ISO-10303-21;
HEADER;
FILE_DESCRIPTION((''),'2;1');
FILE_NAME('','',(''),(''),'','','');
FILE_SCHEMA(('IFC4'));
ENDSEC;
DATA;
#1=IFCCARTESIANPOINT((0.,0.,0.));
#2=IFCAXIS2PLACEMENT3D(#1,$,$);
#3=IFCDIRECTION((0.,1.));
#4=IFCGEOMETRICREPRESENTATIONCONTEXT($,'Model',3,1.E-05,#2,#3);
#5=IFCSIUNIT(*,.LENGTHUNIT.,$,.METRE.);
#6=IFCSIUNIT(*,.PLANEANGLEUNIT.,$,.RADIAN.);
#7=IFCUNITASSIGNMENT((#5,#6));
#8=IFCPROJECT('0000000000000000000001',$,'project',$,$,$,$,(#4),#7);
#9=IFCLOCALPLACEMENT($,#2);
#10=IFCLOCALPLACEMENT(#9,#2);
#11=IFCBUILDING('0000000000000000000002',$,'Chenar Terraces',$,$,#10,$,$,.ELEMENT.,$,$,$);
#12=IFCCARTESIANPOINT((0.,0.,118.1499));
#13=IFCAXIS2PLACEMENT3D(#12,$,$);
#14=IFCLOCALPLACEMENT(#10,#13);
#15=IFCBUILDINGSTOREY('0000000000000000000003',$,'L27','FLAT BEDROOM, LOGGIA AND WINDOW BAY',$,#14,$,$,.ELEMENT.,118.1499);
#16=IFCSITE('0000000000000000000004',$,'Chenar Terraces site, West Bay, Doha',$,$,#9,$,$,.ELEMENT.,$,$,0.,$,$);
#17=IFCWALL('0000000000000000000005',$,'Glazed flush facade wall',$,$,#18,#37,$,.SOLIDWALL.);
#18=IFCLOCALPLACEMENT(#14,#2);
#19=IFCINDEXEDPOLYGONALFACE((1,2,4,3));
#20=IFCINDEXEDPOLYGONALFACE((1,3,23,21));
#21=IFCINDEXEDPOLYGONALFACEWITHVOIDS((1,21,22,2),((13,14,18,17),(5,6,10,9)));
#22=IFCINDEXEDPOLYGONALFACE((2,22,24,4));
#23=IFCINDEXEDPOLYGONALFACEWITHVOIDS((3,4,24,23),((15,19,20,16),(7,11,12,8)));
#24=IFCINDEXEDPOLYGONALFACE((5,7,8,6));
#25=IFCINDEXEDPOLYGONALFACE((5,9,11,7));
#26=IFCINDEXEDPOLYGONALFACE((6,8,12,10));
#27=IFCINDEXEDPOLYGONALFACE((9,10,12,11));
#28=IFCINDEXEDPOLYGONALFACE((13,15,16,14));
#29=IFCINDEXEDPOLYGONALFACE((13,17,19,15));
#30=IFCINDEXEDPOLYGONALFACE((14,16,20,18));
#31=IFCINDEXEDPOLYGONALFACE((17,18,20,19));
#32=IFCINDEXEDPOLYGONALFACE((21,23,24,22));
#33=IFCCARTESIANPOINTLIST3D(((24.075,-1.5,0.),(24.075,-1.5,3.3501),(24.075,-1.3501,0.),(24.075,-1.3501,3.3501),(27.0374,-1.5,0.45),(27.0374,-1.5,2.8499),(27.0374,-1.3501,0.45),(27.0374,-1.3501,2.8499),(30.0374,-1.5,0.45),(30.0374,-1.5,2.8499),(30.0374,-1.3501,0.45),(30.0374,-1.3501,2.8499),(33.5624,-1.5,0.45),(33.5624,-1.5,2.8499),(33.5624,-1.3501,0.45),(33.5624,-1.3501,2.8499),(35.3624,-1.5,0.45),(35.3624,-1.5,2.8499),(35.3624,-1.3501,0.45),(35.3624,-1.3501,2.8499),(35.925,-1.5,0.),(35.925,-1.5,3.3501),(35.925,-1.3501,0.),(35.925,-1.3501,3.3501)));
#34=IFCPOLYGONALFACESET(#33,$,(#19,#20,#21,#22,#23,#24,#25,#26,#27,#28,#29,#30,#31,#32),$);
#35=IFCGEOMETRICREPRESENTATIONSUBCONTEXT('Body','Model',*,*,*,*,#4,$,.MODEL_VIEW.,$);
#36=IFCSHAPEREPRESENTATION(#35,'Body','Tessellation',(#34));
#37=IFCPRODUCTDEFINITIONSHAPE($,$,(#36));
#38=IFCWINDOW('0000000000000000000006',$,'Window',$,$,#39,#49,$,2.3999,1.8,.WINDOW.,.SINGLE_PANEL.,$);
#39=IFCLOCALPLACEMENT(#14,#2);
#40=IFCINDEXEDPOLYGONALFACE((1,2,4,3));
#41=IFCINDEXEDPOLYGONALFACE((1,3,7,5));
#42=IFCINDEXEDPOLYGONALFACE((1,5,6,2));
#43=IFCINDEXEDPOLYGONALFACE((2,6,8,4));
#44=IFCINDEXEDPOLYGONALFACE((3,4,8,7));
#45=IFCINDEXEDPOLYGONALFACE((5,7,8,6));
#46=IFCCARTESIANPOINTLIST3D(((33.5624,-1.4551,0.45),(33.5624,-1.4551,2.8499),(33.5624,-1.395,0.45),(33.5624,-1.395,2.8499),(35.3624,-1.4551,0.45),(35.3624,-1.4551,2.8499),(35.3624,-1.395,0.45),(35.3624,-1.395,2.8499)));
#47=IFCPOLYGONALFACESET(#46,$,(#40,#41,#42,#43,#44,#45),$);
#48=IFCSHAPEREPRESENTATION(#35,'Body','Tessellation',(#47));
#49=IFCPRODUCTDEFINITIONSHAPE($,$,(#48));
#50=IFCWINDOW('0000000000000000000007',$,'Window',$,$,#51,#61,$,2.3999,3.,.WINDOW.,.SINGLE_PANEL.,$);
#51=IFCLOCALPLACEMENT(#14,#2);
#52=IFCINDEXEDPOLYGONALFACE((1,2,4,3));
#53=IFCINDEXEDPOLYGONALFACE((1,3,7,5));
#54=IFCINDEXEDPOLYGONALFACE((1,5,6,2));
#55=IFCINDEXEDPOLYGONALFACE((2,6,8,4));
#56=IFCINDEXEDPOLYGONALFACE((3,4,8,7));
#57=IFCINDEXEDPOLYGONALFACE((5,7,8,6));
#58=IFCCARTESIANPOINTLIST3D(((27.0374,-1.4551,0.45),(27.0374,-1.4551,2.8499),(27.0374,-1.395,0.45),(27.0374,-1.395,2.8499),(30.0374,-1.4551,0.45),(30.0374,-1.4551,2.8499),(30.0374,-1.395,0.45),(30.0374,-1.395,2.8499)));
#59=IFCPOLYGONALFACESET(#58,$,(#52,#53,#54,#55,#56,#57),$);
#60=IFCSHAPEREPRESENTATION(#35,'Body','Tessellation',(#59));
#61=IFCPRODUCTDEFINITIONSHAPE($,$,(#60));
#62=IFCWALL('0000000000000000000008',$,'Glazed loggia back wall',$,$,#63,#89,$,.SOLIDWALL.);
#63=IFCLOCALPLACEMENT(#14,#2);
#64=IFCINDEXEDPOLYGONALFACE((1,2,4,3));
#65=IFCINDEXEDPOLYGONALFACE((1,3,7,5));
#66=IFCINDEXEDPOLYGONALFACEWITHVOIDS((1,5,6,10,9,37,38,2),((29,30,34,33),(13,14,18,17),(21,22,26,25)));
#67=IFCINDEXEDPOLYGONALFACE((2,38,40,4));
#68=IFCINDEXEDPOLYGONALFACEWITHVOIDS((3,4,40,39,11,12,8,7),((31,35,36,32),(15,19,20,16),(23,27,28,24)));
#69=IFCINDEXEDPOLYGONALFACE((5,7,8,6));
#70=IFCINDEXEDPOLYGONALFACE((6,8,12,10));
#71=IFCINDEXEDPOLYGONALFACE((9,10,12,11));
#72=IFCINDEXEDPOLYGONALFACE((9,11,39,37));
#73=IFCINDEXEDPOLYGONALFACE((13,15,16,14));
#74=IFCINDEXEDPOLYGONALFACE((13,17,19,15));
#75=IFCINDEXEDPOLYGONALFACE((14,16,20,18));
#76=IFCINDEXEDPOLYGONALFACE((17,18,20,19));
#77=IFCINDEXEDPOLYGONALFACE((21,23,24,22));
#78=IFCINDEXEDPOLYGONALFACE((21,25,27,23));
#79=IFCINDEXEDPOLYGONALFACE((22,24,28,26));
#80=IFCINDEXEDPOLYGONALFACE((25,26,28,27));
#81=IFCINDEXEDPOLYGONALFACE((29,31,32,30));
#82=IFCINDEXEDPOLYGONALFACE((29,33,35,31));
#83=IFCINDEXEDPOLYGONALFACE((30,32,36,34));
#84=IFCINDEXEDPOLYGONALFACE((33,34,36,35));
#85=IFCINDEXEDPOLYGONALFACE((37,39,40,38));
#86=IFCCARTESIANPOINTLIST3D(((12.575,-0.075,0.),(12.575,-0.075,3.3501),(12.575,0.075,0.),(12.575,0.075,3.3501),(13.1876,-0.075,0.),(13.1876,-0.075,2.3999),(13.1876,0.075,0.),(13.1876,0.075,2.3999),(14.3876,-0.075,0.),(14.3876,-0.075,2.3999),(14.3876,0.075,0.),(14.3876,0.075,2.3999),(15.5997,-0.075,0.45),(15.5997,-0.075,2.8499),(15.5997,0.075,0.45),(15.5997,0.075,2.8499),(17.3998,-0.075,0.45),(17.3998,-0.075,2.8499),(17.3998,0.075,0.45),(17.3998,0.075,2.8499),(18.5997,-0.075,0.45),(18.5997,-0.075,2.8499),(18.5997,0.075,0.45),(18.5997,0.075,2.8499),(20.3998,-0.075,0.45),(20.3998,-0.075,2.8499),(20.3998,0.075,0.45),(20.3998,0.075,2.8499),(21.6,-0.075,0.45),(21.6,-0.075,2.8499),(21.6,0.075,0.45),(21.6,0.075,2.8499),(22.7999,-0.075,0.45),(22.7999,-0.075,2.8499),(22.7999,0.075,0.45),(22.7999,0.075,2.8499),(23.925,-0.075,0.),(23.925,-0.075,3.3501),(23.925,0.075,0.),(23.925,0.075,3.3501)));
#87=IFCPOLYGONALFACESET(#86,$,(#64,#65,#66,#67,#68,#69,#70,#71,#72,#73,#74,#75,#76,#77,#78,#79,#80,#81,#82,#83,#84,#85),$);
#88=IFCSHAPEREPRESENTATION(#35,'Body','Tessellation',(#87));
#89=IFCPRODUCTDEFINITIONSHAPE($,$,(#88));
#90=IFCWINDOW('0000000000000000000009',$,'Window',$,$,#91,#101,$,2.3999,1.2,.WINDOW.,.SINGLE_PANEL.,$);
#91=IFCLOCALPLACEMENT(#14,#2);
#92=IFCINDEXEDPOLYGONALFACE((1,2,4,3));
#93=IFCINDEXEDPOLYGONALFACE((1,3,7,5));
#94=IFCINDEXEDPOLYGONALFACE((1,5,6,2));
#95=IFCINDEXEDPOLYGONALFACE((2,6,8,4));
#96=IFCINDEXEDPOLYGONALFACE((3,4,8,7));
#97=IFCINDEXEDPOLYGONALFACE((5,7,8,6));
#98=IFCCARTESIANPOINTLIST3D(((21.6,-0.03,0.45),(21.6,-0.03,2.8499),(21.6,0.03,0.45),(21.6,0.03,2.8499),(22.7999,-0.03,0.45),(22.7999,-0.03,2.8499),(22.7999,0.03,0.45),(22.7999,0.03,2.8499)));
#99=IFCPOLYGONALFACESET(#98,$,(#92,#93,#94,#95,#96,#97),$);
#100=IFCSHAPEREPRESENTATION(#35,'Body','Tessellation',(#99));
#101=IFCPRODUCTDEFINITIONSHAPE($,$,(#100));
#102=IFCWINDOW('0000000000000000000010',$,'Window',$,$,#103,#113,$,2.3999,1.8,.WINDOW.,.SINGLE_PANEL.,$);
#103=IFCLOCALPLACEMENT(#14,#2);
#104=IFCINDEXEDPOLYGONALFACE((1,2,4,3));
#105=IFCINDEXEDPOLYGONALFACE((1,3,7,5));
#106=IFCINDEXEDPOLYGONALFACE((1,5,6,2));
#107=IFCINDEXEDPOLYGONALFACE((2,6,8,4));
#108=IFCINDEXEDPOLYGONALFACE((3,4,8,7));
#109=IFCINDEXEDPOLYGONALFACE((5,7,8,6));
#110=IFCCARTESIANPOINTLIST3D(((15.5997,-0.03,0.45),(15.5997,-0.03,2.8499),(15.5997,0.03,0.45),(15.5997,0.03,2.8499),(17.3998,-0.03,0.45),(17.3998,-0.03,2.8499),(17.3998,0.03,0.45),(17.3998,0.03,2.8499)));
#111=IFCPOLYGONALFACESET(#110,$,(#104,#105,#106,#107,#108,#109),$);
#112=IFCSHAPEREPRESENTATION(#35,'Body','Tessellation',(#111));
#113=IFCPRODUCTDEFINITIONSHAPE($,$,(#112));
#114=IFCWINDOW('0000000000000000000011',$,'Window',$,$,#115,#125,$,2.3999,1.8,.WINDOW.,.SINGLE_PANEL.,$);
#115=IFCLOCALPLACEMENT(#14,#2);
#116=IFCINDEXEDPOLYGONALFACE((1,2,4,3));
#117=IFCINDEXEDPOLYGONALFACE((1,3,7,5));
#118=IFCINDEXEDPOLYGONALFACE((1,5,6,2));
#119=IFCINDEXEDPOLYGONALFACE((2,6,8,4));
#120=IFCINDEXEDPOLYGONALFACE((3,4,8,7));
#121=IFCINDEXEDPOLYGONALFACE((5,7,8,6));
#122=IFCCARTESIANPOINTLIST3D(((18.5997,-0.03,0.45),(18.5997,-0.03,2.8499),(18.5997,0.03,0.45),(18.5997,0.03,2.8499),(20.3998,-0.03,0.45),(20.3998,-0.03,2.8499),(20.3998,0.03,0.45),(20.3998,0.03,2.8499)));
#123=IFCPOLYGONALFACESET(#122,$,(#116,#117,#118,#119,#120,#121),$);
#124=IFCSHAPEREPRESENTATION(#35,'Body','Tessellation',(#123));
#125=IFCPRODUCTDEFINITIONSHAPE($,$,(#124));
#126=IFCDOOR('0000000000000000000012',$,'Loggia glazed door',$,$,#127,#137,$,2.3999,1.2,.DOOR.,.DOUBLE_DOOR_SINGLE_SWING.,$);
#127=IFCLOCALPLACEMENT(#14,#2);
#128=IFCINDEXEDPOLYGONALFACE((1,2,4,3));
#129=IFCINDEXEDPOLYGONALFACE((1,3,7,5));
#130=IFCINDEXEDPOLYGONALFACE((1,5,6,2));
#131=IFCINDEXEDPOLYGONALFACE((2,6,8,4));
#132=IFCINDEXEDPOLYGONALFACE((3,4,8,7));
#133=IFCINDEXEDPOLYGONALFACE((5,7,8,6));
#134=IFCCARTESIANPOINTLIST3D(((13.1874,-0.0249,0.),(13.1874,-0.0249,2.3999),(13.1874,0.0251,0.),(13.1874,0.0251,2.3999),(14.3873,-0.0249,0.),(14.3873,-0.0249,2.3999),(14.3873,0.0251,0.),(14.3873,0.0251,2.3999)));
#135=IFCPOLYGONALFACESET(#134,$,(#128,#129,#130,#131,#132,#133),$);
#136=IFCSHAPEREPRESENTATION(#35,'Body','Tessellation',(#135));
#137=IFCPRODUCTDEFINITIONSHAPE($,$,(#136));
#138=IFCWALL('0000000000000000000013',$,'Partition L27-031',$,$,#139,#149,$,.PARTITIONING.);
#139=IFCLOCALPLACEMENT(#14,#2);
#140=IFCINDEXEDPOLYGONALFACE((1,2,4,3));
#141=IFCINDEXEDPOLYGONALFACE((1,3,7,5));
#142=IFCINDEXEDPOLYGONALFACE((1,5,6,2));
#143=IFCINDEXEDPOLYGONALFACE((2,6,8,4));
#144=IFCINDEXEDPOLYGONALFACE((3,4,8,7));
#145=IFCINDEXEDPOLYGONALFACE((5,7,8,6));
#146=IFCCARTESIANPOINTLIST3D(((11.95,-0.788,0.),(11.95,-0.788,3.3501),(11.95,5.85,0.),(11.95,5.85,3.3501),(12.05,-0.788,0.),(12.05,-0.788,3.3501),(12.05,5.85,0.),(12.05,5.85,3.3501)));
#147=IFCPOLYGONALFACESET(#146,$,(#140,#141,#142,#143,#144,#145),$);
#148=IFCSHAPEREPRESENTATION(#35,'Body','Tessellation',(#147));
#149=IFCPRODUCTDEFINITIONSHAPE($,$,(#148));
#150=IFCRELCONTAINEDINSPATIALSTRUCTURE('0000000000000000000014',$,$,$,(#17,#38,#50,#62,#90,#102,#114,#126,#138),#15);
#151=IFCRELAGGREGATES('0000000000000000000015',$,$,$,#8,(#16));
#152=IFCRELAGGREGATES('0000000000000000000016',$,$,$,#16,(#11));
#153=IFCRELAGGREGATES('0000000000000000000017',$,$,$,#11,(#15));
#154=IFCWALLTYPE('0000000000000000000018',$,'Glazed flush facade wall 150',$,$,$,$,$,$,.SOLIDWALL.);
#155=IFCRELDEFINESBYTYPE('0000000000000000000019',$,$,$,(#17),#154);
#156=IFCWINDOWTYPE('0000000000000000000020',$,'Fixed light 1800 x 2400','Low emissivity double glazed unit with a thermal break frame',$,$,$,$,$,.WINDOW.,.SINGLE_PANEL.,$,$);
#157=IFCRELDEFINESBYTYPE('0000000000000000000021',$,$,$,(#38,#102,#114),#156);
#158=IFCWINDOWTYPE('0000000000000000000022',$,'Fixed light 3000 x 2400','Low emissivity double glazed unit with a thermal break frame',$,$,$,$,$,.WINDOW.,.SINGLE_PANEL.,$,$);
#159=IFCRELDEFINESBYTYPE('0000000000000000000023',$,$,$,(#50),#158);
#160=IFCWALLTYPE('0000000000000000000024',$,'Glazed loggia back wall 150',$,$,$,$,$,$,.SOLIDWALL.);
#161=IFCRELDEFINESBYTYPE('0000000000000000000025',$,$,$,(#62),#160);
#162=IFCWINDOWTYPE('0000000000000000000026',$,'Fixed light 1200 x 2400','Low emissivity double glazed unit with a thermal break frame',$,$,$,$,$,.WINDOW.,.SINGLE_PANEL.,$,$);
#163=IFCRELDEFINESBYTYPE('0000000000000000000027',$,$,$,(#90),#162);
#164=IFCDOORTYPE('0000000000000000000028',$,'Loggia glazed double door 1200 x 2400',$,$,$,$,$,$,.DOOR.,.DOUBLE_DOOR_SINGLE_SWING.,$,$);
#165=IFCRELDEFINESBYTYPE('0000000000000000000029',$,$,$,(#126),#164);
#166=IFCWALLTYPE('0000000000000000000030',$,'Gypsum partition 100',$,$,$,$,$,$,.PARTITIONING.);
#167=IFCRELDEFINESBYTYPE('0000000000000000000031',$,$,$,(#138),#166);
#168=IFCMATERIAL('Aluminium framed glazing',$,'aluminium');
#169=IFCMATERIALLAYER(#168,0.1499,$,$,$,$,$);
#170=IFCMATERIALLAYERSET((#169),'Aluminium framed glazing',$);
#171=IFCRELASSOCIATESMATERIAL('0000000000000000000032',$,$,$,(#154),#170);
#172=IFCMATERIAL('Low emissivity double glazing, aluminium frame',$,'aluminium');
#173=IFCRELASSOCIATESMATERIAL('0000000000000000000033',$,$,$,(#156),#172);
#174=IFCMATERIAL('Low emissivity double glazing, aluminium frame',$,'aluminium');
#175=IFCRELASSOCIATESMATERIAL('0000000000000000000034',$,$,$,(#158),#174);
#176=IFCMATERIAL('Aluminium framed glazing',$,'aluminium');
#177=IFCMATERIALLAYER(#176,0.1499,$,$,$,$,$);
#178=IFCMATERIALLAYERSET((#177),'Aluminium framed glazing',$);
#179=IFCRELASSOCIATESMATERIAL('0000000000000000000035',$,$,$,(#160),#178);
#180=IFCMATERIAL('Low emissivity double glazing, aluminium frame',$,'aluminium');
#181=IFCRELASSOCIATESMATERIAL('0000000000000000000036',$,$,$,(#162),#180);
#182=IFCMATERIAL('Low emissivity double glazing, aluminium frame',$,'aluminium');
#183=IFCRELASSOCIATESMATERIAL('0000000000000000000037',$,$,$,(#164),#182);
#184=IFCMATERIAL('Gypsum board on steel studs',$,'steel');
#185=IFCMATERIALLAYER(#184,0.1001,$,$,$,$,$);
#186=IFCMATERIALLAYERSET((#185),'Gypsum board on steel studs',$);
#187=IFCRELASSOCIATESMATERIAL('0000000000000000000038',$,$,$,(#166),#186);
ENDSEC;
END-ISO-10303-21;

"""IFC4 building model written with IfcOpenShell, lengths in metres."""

from ifc_helpers import new_model, si_unit, direction, frame, frame_2d, origin, place, context, subcontext, project, spatial, rectangle, extrude, material, layer, layer_set, type_object, element, fill, save


model = new_model("IFC4")

# Units and contexts
model_context = context("Model", 3, precision=1e-05, world=origin(), true_north=direction((0.0, 1.0)))
body_context = subcontext(model_context, "Body", "Model", "MODEL_VIEW")
ifc_project = project(units=[si_unit("LENGTHUNIT", "METRE"), si_unit("PLANEANGLEUNIT", "RADIAN")], contexts=[model_context])

# Site, building, storey
site_placement = place(None, origin())
site = spatial("IfcSite", under=ifc_project, at=site_placement, Name="Chenar Terraces site, West Bay, Doha", CompositionType="ELEMENT", RefElevation=0.0)
building_placement = place(site_placement, origin())
building = spatial("IfcBuilding", under=site, at=building_placement, Name="Chenar Terraces", CompositionType="ELEMENT")
storey_placement = place(building_placement, frame((0.0, 0.0, 118.1499)))
storey = spatial("IfcBuildingStorey", under=building, at=storey_placement, Name="L27", Description="FLAT BEDROOM, LOGGIA AND WINDOW BAY", CompositionType="ELEMENT", Elevation=118.1499)

# Wall, openings, windows
ifc_material_1 = material(Name="Aluminium framed glazing", Category="aluminium")
ifc_layer_1 = layer(ifc_material_1, 0.1499)
ifc_layer_set_1 = layer_set([ifc_layer_1], Name="Aluminium framed glazing")
wall_type_1 = type_object("IfcWallType", Name="Glazed flush facade wall 150", PredefinedType="SOLIDWALL", material=ifc_layer_set_1)
wall_1_placement = place(storey_placement, frame((24.075, -1.425, 0.0), z_axis=(0.0, 0.0, 1.0), x_axis=(1.0, 0.0, 0.0)))
wall_1 = element("IfcWall", 1, at=wall_1_placement, inside=storey, type_object=wall_type_1, Name="Glazed flush facade wall", PredefinedType="SOLIDWALL", context=body_context, shape_type="SweptSolid", body=[
    extrude(rectangle(XDim=11.8501, YDim=0.1499, at=frame_2d((5.925, 0.0))), origin(), (0.0, 0.0, 1.0), 3.3501),
])
opening_1_placement = place(wall_1_placement, frame((2.9624, 0.0, 0.45)))
opening_1 = element("IfcOpeningElement", 2, at=opening_1_placement, cuts=wall_1, PredefinedType="OPENING", context=body_context, shape_type="SweptSolid", body=[
    extrude(rectangle(XDim=3.0, YDim=2.3999, at=frame_2d((1.5, 1.2))), frame((0.0, 0.085, 0.0), z_axis=(0.0, -1.0, 0.0), x_axis=(1.0, 0.0, 0.0)), (0.0, 0.0, 1.0), 0.1699),
])
opening_2_placement = place(wall_1_placement, frame((9.4875, 0.0, 0.45)))
opening_2 = element("IfcOpeningElement", 3, at=opening_2_placement, cuts=wall_1, PredefinedType="OPENING", context=body_context, shape_type="SweptSolid", body=[
    extrude(rectangle(XDim=1.8, YDim=2.3999, at=frame_2d((0.8999, 1.2))), frame((0.0, 0.085, 0.0), z_axis=(0.0, -1.0, 0.0), x_axis=(1.0, 0.0, 0.0)), (0.0, 0.0, 1.0), 0.1699),
])
ifc_material_2 = material(Name="Low emissivity double glazing, aluminium frame", Category="aluminium")
window_type_1 = type_object("IfcWindowType", Name="Fixed light 1800 x 2400", Description="Low emissivity double glazed unit with a thermal break frame", PartitioningType="SINGLE_PANEL", PredefinedType="WINDOW", material=ifc_material_2)
window_1_placement = place(opening_2_placement, origin())
window_1 = element("IfcWindow", 4, at=window_1_placement, inside=storey, type_object=window_type_1, Name="Window", OverallHeight=2.3999, OverallWidth=1.8, PartitioningType="SINGLE_PANEL", PredefinedType="WINDOW", context=body_context, shape_type="SweptSolid", body=[
    extrude(rectangle(XDim=1.8, YDim=2.3999, at=frame_2d((0.8999, 1.2))), frame((0.0, 0.03, 0.0), z_axis=(0.0, -1.0, 0.0), x_axis=(1.0, 0.0, 0.0)), (0.0, 0.0, 1.0), 0.0601),
])
fill(opening_2, window_1)
ifc_material_3 = material(Name="Low emissivity double glazing, aluminium frame", Category="aluminium")
window_type_2 = type_object("IfcWindowType", Name="Fixed light 3000 x 2400", Description="Low emissivity double glazed unit with a thermal break frame", PartitioningType="SINGLE_PANEL", PredefinedType="WINDOW", material=ifc_material_3)
window_2_placement = place(opening_1_placement, origin())
window_2 = element("IfcWindow", 5, at=window_2_placement, inside=storey, type_object=window_type_2, Name="Window", OverallHeight=2.3999, OverallWidth=3.0, PartitioningType="SINGLE_PANEL", PredefinedType="WINDOW", context=body_context, shape_type="SweptSolid", body=[
    extrude(rectangle(XDim=3.0, YDim=2.3999, at=frame_2d((1.5, 1.2))), frame((0.0, 0.03, 0.0), z_axis=(0.0, -1.0, 0.0), x_axis=(1.0, 0.0, 0.0)), (0.0, 0.0, 1.0), 0.0601),
])
fill(opening_1, window_2)

# Wall, openings, windows, door
ifc_material_4 = material(Name="Aluminium framed glazing", Category="aluminium")
ifc_layer_2 = layer(ifc_material_4, 0.1499)
ifc_layer_set_2 = layer_set([ifc_layer_2], Name="Aluminium framed glazing")
wall_type_2 = type_object("IfcWallType", Name="Glazed loggia back wall 150", PredefinedType="SOLIDWALL", material=ifc_layer_set_2)
wall_2_placement = place(storey_placement, frame((12.575, 0.0, 0.0), z_axis=(0.0, 0.0, 1.0), x_axis=(1.0, 0.0, 0.0)))
wall_2 = element("IfcWall", 6, at=wall_2_placement, inside=storey, type_object=wall_type_2, Name="Glazed loggia back wall", PredefinedType="SOLIDWALL", context=body_context, shape_type="SweptSolid", body=[
    extrude(rectangle(XDim=11.3501, YDim=0.1499, at=frame_2d((5.675, 0.0))), origin(), (0.0, 0.0, 1.0), 3.3501),
])
opening_3_placement = place(wall_2_placement, frame((0.6125, 0.0, 0.0)))
opening_3 = element("IfcOpeningElement", 7, at=opening_3_placement, cuts=wall_2, PredefinedType="OPENING", context=body_context, shape_type="SweptSolid", body=[
    extrude(rectangle(XDim=1.2, YDim=2.3999, at=frame_2d((0.6001, 1.2))), frame((0.0, 0.085, 0.0), z_axis=(0.0, -1.0, 0.0), x_axis=(1.0, 0.0, 0.0)), (0.0, 0.0, 1.0), 0.1699),
])
opening_4_placement = place(wall_2_placement, frame((3.0249, 0.0, 0.45)))
opening_4 = element("IfcOpeningElement", 8, at=opening_4_placement, cuts=wall_2, PredefinedType="OPENING", context=body_context, shape_type="SweptSolid", body=[
    extrude(rectangle(XDim=1.8, YDim=2.3999, at=frame_2d((0.8999, 1.2))), frame((0.0, 0.085, 0.0), z_axis=(0.0, -1.0, 0.0), x_axis=(1.0, 0.0, 0.0)), (0.0, 0.0, 1.0), 0.1699),
])
opening_5_placement = place(wall_2_placement, frame((6.0249, 0.0, 0.45)))
opening_5 = element("IfcOpeningElement", 9, at=opening_5_placement, cuts=wall_2, PredefinedType="OPENING", context=body_context, shape_type="SweptSolid", body=[
    extrude(rectangle(XDim=1.8, YDim=2.3999, at=frame_2d((0.8999, 1.2))), frame((0.0, 0.085, 0.0), z_axis=(0.0, -1.0, 0.0), x_axis=(1.0, 0.0, 0.0)), (0.0, 0.0, 1.0), 0.1699),
])
opening_6_placement = place(wall_2_placement, frame((9.0249, 0.0, 0.45)))
opening_6 = element("IfcOpeningElement", 10, at=opening_6_placement, cuts=wall_2, PredefinedType="OPENING", context=body_context, shape_type="SweptSolid", body=[
    extrude(rectangle(XDim=1.2, YDim=2.3999, at=frame_2d((0.6001, 1.2))), frame((0.0, 0.085, 0.0), z_axis=(0.0, -1.0, 0.0), x_axis=(1.0, 0.0, 0.0)), (0.0, 0.0, 1.0), 0.1699),
])
ifc_material_5 = material(Name="Low emissivity double glazing, aluminium frame", Category="aluminium")
window_type_3 = type_object("IfcWindowType", Name="Fixed light 1200 x 2400", Description="Low emissivity double glazed unit with a thermal break frame", PartitioningType="SINGLE_PANEL", PredefinedType="WINDOW", material=ifc_material_5)
window_3_placement = place(opening_6_placement, origin())
window_3 = element("IfcWindow", 11, at=window_3_placement, inside=storey, type_object=window_type_3, Name="Window", OverallHeight=2.3999, OverallWidth=1.2, PartitioningType="SINGLE_PANEL", PredefinedType="WINDOW", context=body_context, shape_type="SweptSolid", body=[
    extrude(rectangle(XDim=1.2, YDim=2.3999, at=frame_2d((0.6001, 1.2))), frame((0.0, 0.03, 0.0), z_axis=(0.0, -1.0, 0.0), x_axis=(1.0, 0.0, 0.0)), (0.0, 0.0, 1.0), 0.0601),
])
fill(opening_6, window_3)
window_4_placement = place(opening_4_placement, origin())
window_4 = element("IfcWindow", 12, at=window_4_placement, inside=storey, type_object=window_type_1, Name="Window", OverallHeight=2.3999, OverallWidth=1.8, PartitioningType="SINGLE_PANEL", PredefinedType="WINDOW", context=body_context, shape_type="SweptSolid", body=[
    extrude(rectangle(XDim=1.8, YDim=2.3999, at=frame_2d((0.8999, 1.2))), frame((0.0, 0.03, 0.0), z_axis=(0.0, -1.0, 0.0), x_axis=(1.0, 0.0, 0.0)), (0.0, 0.0, 1.0), 0.0601),
])
fill(opening_4, window_4)
window_5_placement = place(opening_5_placement, origin())
window_5 = element("IfcWindow", 13, at=window_5_placement, inside=storey, type_object=window_type_1, Name="Window", OverallHeight=2.3999, OverallWidth=1.8, PartitioningType="SINGLE_PANEL", PredefinedType="WINDOW", context=body_context, shape_type="SweptSolid", body=[
    extrude(rectangle(XDim=1.8, YDim=2.3999, at=frame_2d((0.8999, 1.2))), frame((0.0, 0.03, 0.0), z_axis=(0.0, -1.0, 0.0), x_axis=(1.0, 0.0, 0.0)), (0.0, 0.0, 1.0), 0.0601),
])
fill(opening_5, window_5)
ifc_material_6 = material(Name="Low emissivity double glazing, aluminium frame", Category="aluminium")
door_type_1 = type_object("IfcDoorType", Name="Loggia glazed double door 1200 x 2400", OperationType="DOUBLE_DOOR_SINGLE_SWING", PredefinedType="DOOR", material=ifc_material_6)
door_1_placement = place(opening_3_placement, frame((1.2, 0.0, 0.0), z_axis=(0.0, 0.0, 1.0), x_axis=(-1.0, 0.0, 0.0)))
door_1 = element("IfcDoor", 14, at=door_1_placement, inside=storey, type_object=door_type_1, Name="Loggia glazed door", OperationType="DOUBLE_DOOR_SINGLE_SWING", OverallHeight=2.3999, OverallWidth=1.2, PredefinedType="DOOR", context=body_context, shape_type="SweptSolid", body=[
    extrude(rectangle(XDim=1.2, YDim=2.3999, at=frame_2d((0.6001, 1.2))), frame((0.0, 0.0249, 0.0), z_axis=(0.0, -1.0, 0.0), x_axis=(1.0, 0.0, 0.0)), (0.0, 0.0, 1.0), 0.05),
])
fill(opening_3, door_1)

# Wall
ifc_material_7 = material(Name="Gypsum board on steel studs", Category="steel")
ifc_layer_3 = layer(ifc_material_7, 0.1001)
ifc_layer_set_3 = layer_set([ifc_layer_3], Name="Gypsum board on steel studs")
wall_type_3 = type_object("IfcWallType", Name="Gypsum partition 100", PredefinedType="PARTITIONING", material=ifc_layer_set_3)
wall_3_placement = place(storey_placement, frame((12.0, -0.7878, 0.0), z_axis=(0.0, 0.0, 1.0), x_axis=(0.0, 1.0, 0.0)))
element("IfcWall", 15, at=wall_3_placement, inside=storey, type_object=wall_type_3, Name="Partition L27-031", PredefinedType="PARTITIONING", context=body_context, shape_type="SweptSolid", body=[
    extrude(rectangle(XDim=6.6379, YDim=0.1001, at=frame_2d((3.3188, 0.0))), origin(), (0.0, 0.0, 1.0), 3.3501),
])

save(model, "model.ifc")
